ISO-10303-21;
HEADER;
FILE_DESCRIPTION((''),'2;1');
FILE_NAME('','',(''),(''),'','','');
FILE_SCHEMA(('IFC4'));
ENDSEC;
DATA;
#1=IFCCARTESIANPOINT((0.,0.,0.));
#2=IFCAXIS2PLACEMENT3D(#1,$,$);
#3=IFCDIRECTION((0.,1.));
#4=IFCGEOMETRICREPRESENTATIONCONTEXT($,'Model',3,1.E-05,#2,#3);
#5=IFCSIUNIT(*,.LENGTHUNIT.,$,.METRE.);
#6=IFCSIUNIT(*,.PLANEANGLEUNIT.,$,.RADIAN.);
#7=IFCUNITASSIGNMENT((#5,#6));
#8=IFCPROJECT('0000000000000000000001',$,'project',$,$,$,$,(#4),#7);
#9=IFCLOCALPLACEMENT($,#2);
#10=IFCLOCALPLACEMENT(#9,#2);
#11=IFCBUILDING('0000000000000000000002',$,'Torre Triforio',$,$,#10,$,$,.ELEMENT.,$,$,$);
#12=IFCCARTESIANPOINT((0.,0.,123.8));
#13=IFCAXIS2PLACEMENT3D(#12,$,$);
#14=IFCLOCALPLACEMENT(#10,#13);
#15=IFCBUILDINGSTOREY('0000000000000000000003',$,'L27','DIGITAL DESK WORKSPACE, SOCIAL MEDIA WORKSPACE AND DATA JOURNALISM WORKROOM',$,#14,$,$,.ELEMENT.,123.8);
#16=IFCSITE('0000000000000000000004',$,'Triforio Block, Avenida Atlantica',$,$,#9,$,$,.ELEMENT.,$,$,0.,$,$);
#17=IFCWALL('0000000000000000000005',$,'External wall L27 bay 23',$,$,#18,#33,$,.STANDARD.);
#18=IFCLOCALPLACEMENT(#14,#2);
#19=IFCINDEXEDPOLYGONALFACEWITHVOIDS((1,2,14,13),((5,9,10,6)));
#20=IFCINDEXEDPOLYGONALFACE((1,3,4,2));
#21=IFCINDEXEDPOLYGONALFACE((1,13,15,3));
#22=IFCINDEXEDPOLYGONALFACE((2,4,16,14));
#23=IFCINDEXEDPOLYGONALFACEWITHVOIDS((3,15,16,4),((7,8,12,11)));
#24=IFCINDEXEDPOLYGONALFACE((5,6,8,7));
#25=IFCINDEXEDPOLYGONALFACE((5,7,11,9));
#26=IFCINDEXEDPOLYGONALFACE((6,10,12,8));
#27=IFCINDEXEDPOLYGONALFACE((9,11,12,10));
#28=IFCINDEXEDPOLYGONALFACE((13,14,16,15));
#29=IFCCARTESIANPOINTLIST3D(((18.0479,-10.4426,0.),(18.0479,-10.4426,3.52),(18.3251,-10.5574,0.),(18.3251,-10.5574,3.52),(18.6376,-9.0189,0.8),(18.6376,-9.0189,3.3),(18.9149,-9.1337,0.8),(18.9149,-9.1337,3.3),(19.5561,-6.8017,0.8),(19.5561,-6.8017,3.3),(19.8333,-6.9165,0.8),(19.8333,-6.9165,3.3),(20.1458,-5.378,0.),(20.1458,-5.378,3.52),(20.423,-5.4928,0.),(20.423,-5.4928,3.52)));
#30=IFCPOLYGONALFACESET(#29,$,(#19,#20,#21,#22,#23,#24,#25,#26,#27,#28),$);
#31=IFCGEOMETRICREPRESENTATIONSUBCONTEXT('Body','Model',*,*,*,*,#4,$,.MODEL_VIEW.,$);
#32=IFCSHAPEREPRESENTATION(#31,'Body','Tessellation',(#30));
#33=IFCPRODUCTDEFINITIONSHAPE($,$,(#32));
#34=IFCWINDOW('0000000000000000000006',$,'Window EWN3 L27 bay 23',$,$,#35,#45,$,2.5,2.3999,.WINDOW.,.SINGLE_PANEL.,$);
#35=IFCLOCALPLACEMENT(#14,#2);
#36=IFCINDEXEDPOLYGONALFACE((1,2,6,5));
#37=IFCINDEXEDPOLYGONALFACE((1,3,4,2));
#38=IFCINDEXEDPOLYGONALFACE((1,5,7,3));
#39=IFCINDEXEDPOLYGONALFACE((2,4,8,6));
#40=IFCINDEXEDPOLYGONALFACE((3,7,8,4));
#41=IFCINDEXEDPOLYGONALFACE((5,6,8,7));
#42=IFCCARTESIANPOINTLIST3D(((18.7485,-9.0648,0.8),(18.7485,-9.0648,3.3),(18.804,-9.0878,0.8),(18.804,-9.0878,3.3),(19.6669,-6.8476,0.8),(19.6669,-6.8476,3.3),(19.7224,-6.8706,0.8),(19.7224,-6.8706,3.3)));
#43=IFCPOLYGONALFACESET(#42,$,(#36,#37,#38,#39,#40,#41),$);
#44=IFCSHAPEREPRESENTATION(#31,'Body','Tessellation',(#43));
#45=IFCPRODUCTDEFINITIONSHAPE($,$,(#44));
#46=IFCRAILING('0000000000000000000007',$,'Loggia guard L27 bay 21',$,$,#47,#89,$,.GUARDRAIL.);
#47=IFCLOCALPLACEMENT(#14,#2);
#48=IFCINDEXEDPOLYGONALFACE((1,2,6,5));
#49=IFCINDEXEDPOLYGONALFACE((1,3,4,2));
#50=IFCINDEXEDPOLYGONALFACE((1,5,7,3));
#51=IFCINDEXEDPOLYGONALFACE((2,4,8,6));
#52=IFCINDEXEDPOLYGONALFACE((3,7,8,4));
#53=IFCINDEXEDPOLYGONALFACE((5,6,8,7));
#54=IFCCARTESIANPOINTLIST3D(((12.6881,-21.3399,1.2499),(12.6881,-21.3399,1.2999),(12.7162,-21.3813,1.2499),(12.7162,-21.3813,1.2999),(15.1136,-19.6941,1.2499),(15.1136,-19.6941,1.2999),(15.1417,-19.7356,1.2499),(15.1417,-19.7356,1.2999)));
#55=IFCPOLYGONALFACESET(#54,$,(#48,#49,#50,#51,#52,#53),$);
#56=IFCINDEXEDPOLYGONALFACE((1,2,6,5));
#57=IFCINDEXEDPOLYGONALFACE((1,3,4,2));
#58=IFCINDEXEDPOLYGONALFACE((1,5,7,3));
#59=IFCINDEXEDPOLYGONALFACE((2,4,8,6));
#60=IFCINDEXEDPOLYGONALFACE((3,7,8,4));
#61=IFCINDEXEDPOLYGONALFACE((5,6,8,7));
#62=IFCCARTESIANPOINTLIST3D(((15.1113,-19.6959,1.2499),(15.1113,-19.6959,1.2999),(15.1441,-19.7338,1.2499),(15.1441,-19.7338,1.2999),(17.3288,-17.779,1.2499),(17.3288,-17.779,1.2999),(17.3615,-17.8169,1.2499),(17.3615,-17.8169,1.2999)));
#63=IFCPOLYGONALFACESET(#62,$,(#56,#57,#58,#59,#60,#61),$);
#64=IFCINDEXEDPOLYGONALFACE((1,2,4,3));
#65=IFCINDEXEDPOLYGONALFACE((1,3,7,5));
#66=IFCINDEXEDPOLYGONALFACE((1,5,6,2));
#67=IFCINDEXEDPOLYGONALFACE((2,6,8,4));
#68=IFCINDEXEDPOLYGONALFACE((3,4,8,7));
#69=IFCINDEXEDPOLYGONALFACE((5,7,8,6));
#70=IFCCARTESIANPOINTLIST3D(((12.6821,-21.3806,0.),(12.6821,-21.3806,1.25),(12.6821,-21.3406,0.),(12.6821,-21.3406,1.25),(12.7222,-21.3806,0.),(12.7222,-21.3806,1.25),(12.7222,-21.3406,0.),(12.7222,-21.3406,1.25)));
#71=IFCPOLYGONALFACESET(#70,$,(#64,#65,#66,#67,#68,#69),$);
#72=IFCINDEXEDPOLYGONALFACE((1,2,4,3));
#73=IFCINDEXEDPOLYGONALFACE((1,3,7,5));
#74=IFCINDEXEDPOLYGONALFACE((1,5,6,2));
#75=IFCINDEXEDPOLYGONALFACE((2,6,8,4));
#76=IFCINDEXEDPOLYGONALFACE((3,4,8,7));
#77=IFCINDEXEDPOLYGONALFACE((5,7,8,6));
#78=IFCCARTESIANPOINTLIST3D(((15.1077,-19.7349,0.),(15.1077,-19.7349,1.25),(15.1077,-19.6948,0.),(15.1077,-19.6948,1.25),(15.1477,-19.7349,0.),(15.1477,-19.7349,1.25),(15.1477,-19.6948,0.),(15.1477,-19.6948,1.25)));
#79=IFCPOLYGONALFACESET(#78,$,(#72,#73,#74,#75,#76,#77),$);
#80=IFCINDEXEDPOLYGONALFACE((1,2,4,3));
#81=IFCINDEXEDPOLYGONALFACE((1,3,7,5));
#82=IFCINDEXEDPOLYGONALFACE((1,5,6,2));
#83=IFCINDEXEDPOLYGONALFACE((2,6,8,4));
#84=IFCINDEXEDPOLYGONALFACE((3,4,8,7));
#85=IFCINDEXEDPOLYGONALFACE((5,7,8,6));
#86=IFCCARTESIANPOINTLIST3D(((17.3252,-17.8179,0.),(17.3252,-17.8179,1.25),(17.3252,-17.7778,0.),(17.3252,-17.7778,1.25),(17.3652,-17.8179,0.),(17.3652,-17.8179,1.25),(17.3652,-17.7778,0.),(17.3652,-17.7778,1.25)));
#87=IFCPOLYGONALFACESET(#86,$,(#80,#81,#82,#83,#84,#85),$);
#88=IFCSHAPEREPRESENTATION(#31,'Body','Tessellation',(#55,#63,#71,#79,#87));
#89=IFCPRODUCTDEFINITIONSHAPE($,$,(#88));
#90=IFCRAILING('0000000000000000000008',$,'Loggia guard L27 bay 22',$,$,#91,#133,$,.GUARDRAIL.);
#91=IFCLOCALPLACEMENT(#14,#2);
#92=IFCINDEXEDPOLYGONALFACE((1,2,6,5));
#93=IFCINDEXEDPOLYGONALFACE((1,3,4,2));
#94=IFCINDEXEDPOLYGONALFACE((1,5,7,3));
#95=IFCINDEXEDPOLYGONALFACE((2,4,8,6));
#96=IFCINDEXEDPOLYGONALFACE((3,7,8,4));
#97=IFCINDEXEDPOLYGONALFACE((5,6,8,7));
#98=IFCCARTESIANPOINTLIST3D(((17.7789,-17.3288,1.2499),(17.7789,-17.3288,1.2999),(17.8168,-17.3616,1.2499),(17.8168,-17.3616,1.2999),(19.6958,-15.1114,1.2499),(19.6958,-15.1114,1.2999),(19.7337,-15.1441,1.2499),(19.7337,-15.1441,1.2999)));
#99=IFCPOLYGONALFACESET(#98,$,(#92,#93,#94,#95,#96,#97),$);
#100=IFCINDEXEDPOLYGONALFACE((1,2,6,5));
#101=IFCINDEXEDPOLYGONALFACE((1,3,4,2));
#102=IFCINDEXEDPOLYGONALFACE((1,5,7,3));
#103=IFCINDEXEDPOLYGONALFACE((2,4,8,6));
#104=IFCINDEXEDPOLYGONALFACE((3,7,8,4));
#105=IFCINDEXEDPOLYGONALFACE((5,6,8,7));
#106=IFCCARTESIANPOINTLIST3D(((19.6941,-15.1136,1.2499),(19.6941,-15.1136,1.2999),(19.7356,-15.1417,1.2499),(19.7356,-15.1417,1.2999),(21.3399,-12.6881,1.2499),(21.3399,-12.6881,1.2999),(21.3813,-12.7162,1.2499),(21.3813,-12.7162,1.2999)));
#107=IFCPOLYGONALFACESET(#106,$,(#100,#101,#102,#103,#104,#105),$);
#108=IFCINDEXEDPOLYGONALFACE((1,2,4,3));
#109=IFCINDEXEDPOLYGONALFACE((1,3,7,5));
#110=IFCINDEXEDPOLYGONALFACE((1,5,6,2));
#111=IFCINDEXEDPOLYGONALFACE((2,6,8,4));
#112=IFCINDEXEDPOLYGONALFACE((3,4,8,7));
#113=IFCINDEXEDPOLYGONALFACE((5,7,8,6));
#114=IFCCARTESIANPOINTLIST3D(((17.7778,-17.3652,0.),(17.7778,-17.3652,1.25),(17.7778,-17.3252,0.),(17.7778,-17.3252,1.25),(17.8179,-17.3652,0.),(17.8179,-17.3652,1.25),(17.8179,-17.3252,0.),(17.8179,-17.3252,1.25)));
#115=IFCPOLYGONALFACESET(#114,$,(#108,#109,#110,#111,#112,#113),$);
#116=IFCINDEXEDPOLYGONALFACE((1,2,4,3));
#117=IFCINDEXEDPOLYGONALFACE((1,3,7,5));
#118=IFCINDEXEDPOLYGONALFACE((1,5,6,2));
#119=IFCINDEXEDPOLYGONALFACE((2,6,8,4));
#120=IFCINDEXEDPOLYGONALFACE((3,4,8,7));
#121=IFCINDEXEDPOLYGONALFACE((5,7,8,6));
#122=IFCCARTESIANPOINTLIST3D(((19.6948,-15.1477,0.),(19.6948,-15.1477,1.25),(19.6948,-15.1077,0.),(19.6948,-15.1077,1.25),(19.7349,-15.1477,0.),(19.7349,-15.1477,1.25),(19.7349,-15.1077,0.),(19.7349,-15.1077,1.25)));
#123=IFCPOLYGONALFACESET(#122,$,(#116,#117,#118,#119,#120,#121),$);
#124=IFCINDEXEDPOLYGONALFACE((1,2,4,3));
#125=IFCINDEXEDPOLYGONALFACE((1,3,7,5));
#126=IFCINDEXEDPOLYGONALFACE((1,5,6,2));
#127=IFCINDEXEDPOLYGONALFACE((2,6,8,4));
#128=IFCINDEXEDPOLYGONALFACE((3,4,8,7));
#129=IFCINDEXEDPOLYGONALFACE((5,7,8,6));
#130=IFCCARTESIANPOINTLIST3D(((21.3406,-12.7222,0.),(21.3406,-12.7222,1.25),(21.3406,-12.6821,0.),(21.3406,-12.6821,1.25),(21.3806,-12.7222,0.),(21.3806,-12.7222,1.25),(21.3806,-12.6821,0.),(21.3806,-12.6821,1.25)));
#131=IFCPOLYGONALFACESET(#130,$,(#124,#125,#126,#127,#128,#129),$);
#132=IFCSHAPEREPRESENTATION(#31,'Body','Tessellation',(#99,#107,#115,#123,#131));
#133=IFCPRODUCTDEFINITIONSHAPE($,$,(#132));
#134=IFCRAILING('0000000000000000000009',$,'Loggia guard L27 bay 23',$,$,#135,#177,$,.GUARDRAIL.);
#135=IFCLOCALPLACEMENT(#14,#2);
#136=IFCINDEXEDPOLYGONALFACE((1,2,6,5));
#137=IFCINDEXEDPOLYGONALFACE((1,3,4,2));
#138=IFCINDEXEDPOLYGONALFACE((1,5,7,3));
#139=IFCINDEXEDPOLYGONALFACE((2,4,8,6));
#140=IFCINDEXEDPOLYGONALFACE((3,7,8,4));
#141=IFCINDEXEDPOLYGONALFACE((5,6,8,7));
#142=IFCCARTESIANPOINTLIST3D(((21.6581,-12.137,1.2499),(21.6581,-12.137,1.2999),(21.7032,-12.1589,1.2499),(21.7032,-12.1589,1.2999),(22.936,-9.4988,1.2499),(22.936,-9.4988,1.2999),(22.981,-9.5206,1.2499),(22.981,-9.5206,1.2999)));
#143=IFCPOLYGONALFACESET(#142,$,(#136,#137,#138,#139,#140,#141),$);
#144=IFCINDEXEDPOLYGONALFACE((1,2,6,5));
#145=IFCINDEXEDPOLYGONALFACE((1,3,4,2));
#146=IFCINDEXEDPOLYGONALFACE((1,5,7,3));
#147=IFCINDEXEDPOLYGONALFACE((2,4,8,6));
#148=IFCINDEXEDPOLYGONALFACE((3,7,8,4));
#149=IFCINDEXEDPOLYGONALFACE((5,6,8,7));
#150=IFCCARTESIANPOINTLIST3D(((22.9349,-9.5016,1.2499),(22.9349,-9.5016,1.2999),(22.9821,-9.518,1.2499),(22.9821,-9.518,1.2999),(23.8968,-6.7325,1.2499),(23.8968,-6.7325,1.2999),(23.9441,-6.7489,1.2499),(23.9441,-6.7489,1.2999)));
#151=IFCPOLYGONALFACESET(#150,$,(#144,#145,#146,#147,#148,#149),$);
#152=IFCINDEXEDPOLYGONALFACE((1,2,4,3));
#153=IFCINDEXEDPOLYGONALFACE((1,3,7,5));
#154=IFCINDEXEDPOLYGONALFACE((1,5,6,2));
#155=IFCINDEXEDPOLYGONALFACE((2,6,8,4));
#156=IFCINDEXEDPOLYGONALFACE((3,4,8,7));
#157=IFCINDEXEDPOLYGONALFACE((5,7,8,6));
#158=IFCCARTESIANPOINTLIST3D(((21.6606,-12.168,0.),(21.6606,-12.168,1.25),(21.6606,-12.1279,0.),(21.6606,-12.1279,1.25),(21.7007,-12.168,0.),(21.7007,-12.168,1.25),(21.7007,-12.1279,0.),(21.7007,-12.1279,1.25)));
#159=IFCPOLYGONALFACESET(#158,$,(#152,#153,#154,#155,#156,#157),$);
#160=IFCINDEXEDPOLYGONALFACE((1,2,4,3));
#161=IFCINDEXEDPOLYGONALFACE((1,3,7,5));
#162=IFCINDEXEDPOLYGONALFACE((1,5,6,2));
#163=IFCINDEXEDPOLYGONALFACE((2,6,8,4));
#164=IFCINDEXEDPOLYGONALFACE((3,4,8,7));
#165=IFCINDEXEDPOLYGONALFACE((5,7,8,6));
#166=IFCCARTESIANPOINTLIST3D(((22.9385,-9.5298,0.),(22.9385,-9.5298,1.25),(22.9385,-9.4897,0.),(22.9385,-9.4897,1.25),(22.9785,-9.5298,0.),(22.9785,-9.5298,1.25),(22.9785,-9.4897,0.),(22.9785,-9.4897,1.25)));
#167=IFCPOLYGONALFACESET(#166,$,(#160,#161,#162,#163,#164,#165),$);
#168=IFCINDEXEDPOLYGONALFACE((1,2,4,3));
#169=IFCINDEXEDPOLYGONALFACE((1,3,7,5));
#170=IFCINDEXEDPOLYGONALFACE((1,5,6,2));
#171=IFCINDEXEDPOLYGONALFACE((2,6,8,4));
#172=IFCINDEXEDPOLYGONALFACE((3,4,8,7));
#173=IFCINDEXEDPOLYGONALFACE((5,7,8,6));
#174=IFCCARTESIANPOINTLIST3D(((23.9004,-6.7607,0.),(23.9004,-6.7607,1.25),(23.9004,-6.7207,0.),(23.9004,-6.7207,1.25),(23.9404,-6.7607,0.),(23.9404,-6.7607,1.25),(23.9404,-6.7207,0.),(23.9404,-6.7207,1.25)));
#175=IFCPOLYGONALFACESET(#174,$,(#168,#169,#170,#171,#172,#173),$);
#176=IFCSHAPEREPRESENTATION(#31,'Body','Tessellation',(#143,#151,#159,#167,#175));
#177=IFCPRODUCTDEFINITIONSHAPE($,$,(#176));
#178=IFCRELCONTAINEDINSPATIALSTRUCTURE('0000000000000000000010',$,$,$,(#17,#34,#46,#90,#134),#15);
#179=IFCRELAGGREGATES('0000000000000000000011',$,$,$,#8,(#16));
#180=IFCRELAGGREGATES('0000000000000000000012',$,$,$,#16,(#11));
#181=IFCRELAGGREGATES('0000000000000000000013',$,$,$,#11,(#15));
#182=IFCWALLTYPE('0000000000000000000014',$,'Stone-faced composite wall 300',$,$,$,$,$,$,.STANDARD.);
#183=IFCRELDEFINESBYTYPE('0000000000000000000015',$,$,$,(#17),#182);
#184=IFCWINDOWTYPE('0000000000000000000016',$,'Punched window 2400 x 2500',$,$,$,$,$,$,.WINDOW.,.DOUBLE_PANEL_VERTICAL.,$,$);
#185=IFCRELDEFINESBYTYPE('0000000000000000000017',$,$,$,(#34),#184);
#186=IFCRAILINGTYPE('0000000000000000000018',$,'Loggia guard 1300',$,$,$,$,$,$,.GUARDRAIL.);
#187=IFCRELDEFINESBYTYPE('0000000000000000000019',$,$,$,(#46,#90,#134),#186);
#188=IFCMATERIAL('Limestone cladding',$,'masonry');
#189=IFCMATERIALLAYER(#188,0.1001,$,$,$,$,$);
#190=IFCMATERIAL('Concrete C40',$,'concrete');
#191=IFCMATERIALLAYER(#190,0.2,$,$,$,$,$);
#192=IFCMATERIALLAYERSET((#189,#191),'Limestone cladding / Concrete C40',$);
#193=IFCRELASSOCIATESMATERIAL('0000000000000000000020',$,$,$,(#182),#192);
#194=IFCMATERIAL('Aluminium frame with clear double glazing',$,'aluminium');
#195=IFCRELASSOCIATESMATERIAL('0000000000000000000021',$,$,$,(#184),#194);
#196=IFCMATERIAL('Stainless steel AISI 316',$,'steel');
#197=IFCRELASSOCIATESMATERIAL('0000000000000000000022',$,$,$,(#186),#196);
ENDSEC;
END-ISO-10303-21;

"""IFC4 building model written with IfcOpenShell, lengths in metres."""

from ifc_helpers import new_model, si_unit, direction, frame, frame_2d, origin, origin_2d, place, context, subcontext, project, spatial, rectangle, extrude, material, layer, layer_set, type_object, element, fill, save


model = new_model("IFC4")

# Units and contexts
model_context = context("Model", 3, precision=1e-05, world=origin(), true_north=direction((0.0, 1.0)))
body_context = subcontext(model_context, "Body", "Model", "MODEL_VIEW")
ifc_project = project(units=[si_unit("LENGTHUNIT", "METRE"), si_unit("PLANEANGLEUNIT", "RADIAN")], contexts=[model_context])

# Site, building, storey
site_placement = place(None, origin())
site = spatial("IfcSite", under=ifc_project, at=site_placement, Name="Triforio Block, Avenida Atlantica", CompositionType="ELEMENT", RefElevation=0.0)
building_placement = place(site_placement, origin())
building = spatial("IfcBuilding", under=site, at=building_placement, Name="Torre Triforio", CompositionType="ELEMENT")
storey_placement = place(building_placement, frame((0.0, 0.0, 123.8)))
storey = spatial("IfcBuildingStorey", under=building, at=storey_placement, Name="L27", Description="DIGITAL DESK WORKSPACE, SOCIAL MEDIA WORKSPACE AND DATA JOURNALISM WORKROOM", CompositionType="ELEMENT", Elevation=123.8)

# Shared definitions
ifc_material_1 = material(Name="Limestone cladding", Category="masonry")
ifc_material_2 = material(Name="Concrete C40", Category="concrete")

# Shared definitions
ifc_layer_1 = layer(ifc_material_1, 0.1001)
ifc_layer_2 = layer(ifc_material_2, 0.2)
ifc_layer_set_1 = layer_set([ifc_layer_1, ifc_layer_2], Name="Limestone cladding / Concrete C40")
wall_type_1 = type_object("IfcWallType", Name="Stone-faced composite wall 300", PredefinedType="STANDARD", material=ifc_layer_set_1)
ifc_material_3 = material(Name="Aluminium frame with clear double glazing", Category="aluminium")

# Wall, opening, window
wall_1_placement = place(storey_placement, frame((18.1865, -10.5, 0.0), z_axis=(0.0, 0.0, 1.0), x_axis=(0.382689, 0.923877, 0.0)))
wall_1 = element("IfcWall", 1, at=wall_1_placement, inside=storey, type_object=wall_type_1, Name="External wall L27 bay 23", PredefinedType="STANDARD", context=body_context, shape_type="SweptSolid", body=[
    extrude(rectangle(XDim=5.4819, YDim=0.3, at=frame_2d((2.741, 0.0))), origin(), (0.0, 0.0, 1.0), 3.52),
])
opening_1_placement = place(wall_1_placement, frame((1.541, 0.0, 0.8)))
opening_1 = element("IfcOpeningElement", 2, at=opening_1_placement, cuts=wall_1, PredefinedType="OPENING", context=body_context, shape_type="SweptSolid", body=[
    extrude(rectangle(XDim=2.3999, YDim=2.5, at=frame_2d((1.2, 1.25))), frame((0.0, 0.1599, 0.0), z_axis=(0.0, -1.0, 0.0), x_axis=(1.0, 0.0, 0.0)), (0.0, 0.0, 1.0), 0.3201),
])
window_type_1 = type_object("IfcWindowType", Name="Punched window 2400 x 2500", PartitioningType="DOUBLE_PANEL_VERTICAL", PredefinedType="WINDOW", material=ifc_material_3)
window_1_placement = place(opening_1_placement, origin())
window_1 = element("IfcWindow", 3, at=window_1_placement, inside=storey, type_object=window_type_1, Name="Window EWN3 L27 bay 23", OverallHeight=2.5, OverallWidth=2.3999, PartitioningType="SINGLE_PANEL", PredefinedType="WINDOW", context=body_context, shape_type="SweptSolid", body=[
    extrude(rectangle(XDim=2.3999, YDim=2.5, at=frame_2d((1.2, 1.25))), frame((0.0, 0.03, 0.0), z_axis=(0.0, -1.0, 0.0), x_axis=(1.0, 0.0, 0.0)), (0.0, 0.0, 1.0), 0.0601),
])
fill(opening_1, window_1)

# Railings
ifc_material_4 = material(Name="Stainless steel AISI 316", Category="steel")
railing_type = type_object("IfcRailingType", Name="Loggia guard 1300", PredefinedType="GUARDRAIL", material=ifc_material_4)
railing_1_placement = place(storey_placement, frame((12.7021, -21.3606, 0.0)))
element("IfcRailing", 4, at=railing_1_placement, inside=storey, type_object=railing_type, Name="Loggia guard L27 bay 21", PredefinedType="GUARDRAIL", context=body_context, shape_type="SweptSolid", body=[
    extrude(rectangle(XDim=0.05, YDim=0.05, at=origin_2d()), frame((0.0, 0.0, 1.2749), z_axis=(0.827499, 0.561467, 0.0), x_axis=(-0.561467, 0.827499, 0.0)), (0.0, 0.0, 1.0), 2.9312),
    extrude(rectangle(XDim=0.05, YDim=0.05, at=origin_2d()), frame((2.4255, 1.6458, 1.2749), z_axis=(0.75651, 0.653982, 0.0), x_axis=(-0.653982, 0.75651, 0.0)), (0.0, 0.0, 1.0), 2.9312),
    extrude(rectangle(XDim=0.04, YDim=0.04, at=origin_2d()), origin(), (0.0, 0.0, 1.0), 1.25),
    extrude(rectangle(XDim=0.04, YDim=0.04, at=origin_2d()), frame((2.4255, 1.6458, 0.0)), (0.0, 0.0, 1.0), 1.25),
    extrude(rectangle(XDim=0.04, YDim=0.04, at=origin_2d()), frame((4.6431, 3.5627, 0.0)), (0.0, 0.0, 1.0), 1.25),
])
railing_2_placement = place(storey_placement, frame((17.7979, -17.3452, 0.0)))
element("IfcRailing", 5, at=railing_2_placement, inside=storey, type_object=railing_type, Name="Loggia guard L27 bay 22", PredefinedType="GUARDRAIL", context=body_context, shape_type="SweptSolid", body=[
    extrude(rectangle(XDim=0.05, YDim=0.05, at=origin_2d()), frame((0.0, 0.0, 1.2749), z_axis=(0.653982, 0.75651, 0.0), x_axis=(-0.75651, 0.653982, 0.0)), (0.0, 0.0, 1.0), 2.9312),
    extrude(rectangle(XDim=0.05, YDim=0.05, at=origin_2d()), frame((1.917, 2.2175, 1.2749), z_axis=(0.561467, 0.827499, 0.0), x_axis=(-0.827499, 0.561467, 0.0)), (0.0, 0.0, 1.0), 2.9312),
    extrude(rectangle(XDim=0.04, YDim=0.04, at=origin_2d()), origin(), (0.0, 0.0, 1.0), 1.25),
    extrude(rectangle(XDim=0.04, YDim=0.04, at=origin_2d()), frame((1.917, 2.2175, 0.0)), (0.0, 0.0, 1.0), 1.25),
    extrude(rectangle(XDim=0.04, YDim=0.04, at=origin_2d()), frame((3.5627, 4.6431, 0.0)), (0.0, 0.0, 1.0), 1.25),
])
railing_3_placement = place(storey_placement, frame((21.6807, -12.1479, 0.0)))
element("IfcRailing", 6, at=railing_3_placement, inside=storey, type_object=railing_type, Name="Loggia guard L27 bay 23", PredefinedType="GUARDRAIL", context=body_context, shape_type="SweptSolid", body=[
    extrude(rectangle(XDim=0.05, YDim=0.05, at=origin_2d()), frame((0.0, 0.0, 1.2749), z_axis=(0.435918, 0.899986, 0.0), x_axis=(-0.899986, 0.435918, 0.0)), (0.0, 0.0, 1.0), 2.9314),
    extrude(rectangle(XDim=0.05, YDim=0.05, at=origin_2d()), frame((1.2778, 2.6382, 1.2749), z_axis=(0.328146, 0.944627, 0.0), x_axis=(-0.944627, 0.328146, 0.0)), (0.0, 0.0, 1.0), 2.9314),
    extrude(rectangle(XDim=0.04, YDim=0.04, at=origin_2d()), origin(), (0.0, 0.0, 1.0), 1.25),
    extrude(rectangle(XDim=0.04, YDim=0.04, at=origin_2d()), frame((1.2778, 2.6382, 0.0)), (0.0, 0.0, 1.0), 1.25),
    extrude(rectangle(XDim=0.04, YDim=0.04, at=origin_2d()), frame((2.2397, 5.4072, 0.0)), (0.0, 0.0, 1.0), 1.25),
])

save(model, "model.ifc")
